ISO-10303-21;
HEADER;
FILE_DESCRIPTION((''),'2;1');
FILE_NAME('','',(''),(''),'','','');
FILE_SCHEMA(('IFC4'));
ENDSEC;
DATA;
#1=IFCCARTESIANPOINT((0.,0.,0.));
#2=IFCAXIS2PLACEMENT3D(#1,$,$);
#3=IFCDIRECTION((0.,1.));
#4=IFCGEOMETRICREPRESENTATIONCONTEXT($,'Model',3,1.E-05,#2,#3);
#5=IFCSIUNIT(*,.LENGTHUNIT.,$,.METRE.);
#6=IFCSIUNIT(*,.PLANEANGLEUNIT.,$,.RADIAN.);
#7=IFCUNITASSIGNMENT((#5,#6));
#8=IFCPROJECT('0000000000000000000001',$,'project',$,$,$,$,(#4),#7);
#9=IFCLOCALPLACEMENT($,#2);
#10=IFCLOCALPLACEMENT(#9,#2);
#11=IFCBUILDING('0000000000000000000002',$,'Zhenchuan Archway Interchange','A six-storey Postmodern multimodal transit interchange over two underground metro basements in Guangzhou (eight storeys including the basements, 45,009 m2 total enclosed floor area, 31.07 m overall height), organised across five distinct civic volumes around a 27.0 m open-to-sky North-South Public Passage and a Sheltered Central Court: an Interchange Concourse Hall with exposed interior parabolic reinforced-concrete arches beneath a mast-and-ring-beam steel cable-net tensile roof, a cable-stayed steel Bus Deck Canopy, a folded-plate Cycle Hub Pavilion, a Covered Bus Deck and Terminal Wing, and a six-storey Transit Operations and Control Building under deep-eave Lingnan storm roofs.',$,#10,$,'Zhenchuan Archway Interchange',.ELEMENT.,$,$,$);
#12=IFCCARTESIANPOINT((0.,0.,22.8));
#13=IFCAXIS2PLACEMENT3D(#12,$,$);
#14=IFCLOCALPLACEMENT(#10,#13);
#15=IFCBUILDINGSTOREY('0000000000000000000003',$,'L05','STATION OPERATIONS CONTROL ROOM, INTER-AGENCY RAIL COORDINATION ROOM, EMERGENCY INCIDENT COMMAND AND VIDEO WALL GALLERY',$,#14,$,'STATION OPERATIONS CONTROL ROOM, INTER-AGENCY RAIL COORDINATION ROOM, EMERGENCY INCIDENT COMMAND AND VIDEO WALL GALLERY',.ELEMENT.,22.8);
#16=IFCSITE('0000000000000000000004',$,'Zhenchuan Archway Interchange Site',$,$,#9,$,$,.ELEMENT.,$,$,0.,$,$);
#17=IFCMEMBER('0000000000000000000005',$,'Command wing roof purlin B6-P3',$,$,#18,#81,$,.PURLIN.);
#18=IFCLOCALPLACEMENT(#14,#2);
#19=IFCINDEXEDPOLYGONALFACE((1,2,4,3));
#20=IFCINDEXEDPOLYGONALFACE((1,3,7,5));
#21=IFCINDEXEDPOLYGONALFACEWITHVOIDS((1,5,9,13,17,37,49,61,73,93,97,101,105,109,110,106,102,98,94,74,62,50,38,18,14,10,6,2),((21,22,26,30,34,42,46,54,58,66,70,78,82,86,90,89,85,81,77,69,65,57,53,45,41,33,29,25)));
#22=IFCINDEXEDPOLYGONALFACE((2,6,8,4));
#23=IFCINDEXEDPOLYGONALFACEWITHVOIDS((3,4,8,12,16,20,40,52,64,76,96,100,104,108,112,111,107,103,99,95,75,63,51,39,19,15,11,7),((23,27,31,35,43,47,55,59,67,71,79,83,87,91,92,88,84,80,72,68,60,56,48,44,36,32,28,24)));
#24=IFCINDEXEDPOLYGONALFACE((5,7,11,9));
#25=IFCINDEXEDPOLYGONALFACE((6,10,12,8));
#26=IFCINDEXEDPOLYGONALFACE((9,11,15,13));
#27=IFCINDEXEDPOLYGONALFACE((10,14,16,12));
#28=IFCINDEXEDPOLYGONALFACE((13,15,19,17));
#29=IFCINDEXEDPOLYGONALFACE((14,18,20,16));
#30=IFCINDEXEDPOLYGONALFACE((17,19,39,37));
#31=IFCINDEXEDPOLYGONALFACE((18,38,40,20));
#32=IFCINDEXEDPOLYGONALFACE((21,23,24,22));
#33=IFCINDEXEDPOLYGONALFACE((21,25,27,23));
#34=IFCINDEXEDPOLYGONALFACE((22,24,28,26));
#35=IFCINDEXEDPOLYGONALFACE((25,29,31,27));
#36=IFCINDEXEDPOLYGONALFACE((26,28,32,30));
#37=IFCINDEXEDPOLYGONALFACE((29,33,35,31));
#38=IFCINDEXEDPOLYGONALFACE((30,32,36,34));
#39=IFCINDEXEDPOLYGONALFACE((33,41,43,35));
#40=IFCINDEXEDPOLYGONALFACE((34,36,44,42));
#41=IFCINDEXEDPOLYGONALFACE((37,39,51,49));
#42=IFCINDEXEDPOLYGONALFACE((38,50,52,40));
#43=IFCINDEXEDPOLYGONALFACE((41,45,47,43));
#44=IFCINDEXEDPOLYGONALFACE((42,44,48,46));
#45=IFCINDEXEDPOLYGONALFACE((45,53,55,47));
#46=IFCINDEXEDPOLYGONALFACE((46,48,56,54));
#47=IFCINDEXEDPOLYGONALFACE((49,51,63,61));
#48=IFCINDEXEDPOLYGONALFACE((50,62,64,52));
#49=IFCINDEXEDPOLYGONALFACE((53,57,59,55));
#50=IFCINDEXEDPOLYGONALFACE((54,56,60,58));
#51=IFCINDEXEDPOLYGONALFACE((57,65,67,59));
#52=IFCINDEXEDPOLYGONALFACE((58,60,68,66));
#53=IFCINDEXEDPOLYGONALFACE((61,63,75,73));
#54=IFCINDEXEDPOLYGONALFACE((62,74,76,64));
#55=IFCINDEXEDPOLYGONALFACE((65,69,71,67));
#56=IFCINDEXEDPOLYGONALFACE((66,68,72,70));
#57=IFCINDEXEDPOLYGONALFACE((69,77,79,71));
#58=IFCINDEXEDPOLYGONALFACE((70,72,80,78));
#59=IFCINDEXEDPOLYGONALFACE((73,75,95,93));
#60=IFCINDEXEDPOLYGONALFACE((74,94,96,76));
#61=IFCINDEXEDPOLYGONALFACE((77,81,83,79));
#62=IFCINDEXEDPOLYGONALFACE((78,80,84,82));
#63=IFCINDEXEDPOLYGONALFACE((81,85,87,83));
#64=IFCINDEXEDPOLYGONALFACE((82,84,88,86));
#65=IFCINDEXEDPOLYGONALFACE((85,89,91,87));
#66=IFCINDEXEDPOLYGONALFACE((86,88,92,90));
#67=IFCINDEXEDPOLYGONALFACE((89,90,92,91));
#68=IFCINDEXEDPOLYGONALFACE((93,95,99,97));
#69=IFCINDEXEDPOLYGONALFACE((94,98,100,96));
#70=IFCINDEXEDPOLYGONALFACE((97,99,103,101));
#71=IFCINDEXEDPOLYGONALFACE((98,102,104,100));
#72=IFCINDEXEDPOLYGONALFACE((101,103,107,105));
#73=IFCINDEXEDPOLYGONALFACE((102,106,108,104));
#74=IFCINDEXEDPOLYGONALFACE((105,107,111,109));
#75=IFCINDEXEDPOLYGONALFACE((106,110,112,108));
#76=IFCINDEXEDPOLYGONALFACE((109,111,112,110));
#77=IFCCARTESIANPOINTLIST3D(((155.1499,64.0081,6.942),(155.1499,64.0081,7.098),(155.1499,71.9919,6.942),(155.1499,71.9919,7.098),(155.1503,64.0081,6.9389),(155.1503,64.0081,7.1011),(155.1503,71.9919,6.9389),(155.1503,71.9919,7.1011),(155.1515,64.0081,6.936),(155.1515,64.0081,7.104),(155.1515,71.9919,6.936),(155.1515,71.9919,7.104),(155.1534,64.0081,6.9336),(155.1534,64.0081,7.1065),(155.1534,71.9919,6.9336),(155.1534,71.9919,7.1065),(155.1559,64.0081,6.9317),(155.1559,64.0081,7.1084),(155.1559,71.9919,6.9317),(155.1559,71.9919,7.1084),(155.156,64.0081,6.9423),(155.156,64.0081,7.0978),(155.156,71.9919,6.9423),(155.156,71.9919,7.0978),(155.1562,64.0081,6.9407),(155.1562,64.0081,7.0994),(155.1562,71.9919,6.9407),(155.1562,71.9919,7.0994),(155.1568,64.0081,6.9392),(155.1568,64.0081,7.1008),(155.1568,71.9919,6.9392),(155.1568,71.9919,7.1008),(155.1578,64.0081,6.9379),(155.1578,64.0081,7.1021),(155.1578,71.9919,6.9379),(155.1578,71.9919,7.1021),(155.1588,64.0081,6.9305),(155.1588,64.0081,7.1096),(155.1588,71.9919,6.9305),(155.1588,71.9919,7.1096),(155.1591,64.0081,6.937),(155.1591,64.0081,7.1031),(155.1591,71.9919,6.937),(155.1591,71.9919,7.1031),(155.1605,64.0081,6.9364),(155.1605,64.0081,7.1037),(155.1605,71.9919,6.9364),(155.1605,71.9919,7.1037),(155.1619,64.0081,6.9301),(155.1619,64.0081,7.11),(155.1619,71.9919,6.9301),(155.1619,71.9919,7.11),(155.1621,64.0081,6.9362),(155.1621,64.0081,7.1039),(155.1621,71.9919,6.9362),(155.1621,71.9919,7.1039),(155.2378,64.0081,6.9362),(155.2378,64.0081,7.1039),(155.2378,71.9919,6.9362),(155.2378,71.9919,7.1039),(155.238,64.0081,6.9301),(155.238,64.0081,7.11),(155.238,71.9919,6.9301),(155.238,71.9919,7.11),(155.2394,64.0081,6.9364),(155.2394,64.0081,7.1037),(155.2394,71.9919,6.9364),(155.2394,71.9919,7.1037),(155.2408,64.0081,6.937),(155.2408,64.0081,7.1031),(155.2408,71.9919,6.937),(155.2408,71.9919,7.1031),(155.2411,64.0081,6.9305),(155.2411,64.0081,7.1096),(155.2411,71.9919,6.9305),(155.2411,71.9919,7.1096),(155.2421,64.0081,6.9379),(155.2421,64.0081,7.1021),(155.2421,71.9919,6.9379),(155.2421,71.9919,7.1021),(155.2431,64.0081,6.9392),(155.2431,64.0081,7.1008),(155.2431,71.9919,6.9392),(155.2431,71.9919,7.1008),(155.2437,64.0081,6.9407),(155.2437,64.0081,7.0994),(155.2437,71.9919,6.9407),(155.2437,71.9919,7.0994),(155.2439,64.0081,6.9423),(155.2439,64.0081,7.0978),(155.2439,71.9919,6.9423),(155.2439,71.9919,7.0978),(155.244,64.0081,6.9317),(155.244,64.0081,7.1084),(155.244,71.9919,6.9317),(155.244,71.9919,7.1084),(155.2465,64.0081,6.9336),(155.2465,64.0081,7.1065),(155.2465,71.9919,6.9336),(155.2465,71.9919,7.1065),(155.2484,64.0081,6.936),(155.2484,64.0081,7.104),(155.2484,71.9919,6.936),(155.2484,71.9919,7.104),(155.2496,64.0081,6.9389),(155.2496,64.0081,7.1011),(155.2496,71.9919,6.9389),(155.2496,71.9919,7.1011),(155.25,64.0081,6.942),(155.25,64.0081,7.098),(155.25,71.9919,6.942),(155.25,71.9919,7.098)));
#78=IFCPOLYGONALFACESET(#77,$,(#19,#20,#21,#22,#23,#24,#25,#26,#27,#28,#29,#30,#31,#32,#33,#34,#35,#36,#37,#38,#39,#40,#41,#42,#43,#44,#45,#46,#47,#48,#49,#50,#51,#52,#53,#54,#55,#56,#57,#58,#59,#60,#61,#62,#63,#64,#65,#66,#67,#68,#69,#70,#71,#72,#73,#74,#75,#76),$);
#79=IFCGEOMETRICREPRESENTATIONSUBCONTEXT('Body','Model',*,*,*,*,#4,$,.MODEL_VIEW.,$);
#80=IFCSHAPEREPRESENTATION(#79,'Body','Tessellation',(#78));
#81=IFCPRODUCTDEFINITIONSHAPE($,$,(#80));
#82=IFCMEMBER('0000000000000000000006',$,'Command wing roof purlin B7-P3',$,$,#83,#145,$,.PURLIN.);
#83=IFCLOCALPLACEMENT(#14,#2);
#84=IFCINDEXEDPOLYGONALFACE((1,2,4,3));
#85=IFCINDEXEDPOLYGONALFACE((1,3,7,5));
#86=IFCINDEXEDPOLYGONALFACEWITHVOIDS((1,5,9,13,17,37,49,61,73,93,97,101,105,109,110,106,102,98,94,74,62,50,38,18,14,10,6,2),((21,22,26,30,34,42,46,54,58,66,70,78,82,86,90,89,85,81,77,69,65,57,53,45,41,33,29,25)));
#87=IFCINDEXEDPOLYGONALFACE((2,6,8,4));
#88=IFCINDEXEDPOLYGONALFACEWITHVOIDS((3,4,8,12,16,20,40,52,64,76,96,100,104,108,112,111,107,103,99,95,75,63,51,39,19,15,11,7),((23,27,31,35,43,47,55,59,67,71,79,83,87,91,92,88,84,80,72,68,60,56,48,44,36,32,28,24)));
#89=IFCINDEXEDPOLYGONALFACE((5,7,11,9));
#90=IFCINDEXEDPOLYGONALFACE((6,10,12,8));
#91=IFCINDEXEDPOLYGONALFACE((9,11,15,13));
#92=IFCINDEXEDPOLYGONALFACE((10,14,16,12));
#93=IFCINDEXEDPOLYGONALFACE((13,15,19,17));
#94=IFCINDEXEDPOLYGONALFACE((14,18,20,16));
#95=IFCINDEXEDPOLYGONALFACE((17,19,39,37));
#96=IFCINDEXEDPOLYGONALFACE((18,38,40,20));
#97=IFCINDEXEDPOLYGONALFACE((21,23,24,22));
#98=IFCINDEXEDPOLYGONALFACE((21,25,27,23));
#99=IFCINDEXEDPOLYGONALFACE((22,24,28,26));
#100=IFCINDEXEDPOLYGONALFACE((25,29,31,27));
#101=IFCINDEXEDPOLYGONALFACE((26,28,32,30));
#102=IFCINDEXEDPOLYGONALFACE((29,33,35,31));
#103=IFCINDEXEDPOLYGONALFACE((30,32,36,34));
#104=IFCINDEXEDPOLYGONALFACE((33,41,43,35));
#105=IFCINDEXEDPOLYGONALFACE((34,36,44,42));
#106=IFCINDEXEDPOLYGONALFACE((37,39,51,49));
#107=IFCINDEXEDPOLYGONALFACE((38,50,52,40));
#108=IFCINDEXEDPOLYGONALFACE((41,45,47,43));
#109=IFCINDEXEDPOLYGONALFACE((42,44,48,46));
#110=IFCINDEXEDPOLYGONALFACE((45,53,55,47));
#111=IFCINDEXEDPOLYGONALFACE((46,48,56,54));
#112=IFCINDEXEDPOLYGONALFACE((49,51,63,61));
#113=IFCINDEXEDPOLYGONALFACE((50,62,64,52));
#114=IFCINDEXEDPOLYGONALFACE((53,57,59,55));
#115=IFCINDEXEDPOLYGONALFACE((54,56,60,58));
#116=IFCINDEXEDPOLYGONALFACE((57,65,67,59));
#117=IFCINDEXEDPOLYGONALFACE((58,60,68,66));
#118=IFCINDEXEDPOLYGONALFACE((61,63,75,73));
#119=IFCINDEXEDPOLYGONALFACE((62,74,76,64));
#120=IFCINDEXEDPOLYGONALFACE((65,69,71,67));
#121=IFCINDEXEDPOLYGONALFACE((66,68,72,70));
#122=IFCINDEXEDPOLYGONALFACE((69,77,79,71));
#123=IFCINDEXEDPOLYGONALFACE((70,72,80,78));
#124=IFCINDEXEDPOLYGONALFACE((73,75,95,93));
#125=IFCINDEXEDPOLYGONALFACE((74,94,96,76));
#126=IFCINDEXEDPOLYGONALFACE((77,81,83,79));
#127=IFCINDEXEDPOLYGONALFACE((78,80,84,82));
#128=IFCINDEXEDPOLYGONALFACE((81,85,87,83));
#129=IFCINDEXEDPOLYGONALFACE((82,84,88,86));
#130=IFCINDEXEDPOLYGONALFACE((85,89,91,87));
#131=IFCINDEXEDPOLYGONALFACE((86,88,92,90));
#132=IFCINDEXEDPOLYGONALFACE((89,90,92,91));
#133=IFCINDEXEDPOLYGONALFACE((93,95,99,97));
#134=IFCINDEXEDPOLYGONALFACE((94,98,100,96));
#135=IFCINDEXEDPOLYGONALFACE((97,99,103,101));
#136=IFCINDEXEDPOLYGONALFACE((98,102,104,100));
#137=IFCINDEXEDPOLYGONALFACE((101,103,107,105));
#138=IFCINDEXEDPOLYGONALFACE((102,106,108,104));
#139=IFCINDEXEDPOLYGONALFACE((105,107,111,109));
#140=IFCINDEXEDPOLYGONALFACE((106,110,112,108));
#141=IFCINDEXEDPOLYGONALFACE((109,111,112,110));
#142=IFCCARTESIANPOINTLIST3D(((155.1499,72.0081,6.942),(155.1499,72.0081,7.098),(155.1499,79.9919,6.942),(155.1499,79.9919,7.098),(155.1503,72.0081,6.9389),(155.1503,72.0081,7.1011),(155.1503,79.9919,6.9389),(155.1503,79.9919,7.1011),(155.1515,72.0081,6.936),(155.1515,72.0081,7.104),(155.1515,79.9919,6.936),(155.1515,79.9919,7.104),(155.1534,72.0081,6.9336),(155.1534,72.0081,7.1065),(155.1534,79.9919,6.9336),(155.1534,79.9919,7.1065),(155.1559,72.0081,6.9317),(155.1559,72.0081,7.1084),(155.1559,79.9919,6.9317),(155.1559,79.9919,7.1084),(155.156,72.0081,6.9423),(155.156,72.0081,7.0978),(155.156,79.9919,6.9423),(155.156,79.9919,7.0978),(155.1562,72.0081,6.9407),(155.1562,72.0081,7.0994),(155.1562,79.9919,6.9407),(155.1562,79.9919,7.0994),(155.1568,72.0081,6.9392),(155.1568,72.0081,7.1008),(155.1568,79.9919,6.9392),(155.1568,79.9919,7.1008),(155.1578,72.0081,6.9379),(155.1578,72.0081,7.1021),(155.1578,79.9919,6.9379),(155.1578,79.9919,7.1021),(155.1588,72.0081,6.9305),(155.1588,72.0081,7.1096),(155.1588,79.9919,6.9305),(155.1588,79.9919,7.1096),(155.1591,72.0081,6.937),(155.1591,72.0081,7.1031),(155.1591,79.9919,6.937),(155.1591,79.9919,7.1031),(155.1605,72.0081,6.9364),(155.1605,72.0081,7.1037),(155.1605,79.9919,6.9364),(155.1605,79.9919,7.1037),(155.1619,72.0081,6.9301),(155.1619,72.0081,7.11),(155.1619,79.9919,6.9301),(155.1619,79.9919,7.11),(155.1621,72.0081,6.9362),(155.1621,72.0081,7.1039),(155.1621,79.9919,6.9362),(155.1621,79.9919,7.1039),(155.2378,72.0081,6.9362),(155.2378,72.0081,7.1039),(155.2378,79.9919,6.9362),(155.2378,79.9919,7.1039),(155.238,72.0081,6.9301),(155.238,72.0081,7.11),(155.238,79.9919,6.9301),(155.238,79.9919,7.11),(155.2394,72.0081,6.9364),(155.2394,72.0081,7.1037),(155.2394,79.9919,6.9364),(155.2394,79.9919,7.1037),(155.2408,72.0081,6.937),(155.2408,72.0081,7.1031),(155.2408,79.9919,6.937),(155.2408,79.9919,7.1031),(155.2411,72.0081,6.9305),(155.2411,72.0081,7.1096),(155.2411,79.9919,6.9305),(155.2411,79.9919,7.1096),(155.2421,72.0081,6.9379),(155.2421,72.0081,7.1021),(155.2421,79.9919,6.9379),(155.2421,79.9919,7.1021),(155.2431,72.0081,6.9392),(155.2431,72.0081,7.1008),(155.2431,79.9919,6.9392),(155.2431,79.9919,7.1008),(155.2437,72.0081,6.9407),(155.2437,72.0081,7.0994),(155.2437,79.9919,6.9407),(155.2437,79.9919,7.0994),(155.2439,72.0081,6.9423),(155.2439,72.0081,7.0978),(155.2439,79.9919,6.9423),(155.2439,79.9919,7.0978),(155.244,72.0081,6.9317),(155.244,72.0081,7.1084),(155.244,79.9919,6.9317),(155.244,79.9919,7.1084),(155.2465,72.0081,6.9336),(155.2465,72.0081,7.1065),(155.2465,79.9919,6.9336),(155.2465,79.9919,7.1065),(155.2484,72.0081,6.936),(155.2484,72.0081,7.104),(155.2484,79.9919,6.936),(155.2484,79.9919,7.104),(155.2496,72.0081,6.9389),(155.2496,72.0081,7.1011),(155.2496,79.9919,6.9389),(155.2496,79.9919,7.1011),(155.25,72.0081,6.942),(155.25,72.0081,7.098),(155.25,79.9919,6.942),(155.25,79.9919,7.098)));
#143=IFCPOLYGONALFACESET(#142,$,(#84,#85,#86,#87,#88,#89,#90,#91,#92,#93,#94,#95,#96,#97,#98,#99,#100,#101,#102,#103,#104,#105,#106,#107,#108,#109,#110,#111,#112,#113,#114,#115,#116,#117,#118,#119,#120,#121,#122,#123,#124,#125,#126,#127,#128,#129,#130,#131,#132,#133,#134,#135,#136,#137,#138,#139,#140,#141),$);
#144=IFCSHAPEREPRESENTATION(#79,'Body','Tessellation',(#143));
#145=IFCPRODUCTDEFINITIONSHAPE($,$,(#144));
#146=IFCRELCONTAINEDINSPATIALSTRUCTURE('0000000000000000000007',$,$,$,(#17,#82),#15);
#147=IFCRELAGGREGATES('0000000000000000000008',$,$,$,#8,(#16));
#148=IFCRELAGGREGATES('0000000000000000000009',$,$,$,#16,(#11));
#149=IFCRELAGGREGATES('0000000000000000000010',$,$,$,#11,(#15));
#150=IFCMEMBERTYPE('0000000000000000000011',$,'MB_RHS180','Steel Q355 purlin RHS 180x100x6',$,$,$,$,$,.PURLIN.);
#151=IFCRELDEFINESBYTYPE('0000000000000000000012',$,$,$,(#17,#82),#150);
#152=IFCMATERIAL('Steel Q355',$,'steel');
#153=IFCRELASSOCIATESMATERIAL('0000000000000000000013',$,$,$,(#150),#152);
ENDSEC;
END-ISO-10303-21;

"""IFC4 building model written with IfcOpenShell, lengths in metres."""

from ifc_helpers import new_model, si_unit, direction, frame, origin, origin_2d, place, context, subcontext, project, spatial, hollow_rectangle, extrude, material, material_profile, profile_set, type_object, element, save


model = new_model("IFC4")

# Units and contexts
model_context = context("Model", 3, precision=1e-05, world=origin(), true_north=direction((0.0, 1.0)))
body_context = subcontext(model_context, "Body", "Model", "MODEL_VIEW")
ifc_project = project(units=[si_unit("LENGTHUNIT", "METRE"), si_unit("PLANEANGLEUNIT", "RADIAN")], contexts=[model_context])

# Site, building, storey
site_placement = place(None, origin())
site = spatial("IfcSite", under=ifc_project, at=site_placement, Name="Zhenchuan Archway Interchange Site", CompositionType="ELEMENT", RefElevation=0.0)
building_placement = place(site_placement, origin())
building = spatial("IfcBuilding", under=site, at=building_placement, Name="Zhenchuan Archway Interchange", Description="A six-storey Postmodern multimodal transit interchange over two underground metro basements in Guangzhou (eight storeys including the basements, 45,009 m2 total enclosed floor area, 31.07 m overall height), organised across five distinct civic volumes around a 27.0 m open-to-sky North-South Public Passage and a Sheltered Central Court: an Interchange Concourse Hall with exposed interior parabolic reinforced-concrete arches beneath a mast-and-ring-beam steel cable-net tensile roof, a cable-stayed steel Bus Deck Canopy, a folded-plate Cycle Hub Pavilion, a Covered Bus Deck and Terminal Wing, and a six-storey Transit Operations and Control Building under deep-eave Lingnan storm roofs.", LongName="Zhenchuan Archway Interchange", CompositionType="ELEMENT")
storey_placement = place(building_placement, frame((0.0, 0.0, 22.8)))
storey = spatial("IfcBuildingStorey", under=building, at=storey_placement, Name="L05", Description="STATION OPERATIONS CONTROL ROOM, INTER-AGENCY RAIL COORDINATION ROOM, EMERGENCY INCIDENT COMMAND AND VIDEO WALL GALLERY", LongName="STATION OPERATIONS CONTROL ROOM, INTER-AGENCY RAIL COORDINATION ROOM, EMERGENCY INCIDENT COMMAND AND VIDEO WALL GALLERY", CompositionType="ELEMENT", Elevation=22.8)

# Shared definitions
ifc_material_1 = material(Name="Steel Q355", Category="steel")

# Members
ifc_material_profile_1 = material_profile(ifc_material_1, hollow_rectangle(XDim=0.1001, YDim=0.1799, WallThickness=0.0061, InnerFilletRadius=0.0061, OuterFilletRadius=0.012, at=origin_2d()), Name="RHS 180x100x6")
ifc_profile_set_1 = profile_set([ifc_material_profile_1], Name="Steel Q355")
member_type_1 = type_object("IfcMemberType", Name="MB_RHS180", Description="Steel Q355 purlin RHS 180x100x6", PredefinedType="PURLIN", material=ifc_profile_set_1)
for number, where, z_axis, x_axis, name in (
    (1, (155.2, 64.0081, 7.02), (0.0, 1.0, 0.0), (-1.0, 0.0, 0.0), "Command wing roof purlin B6-P3"),
    (2, (155.2, 72.0081, 7.02), (0.0, 1.0, 0.0), (-1.0, 0.0, 0.0), "Command wing roof purlin B7-P3"),
):
    element("IfcMember", number, at=place(storey_placement, frame(where, z_axis=z_axis, x_axis=x_axis)), inside=storey, type_object=member_type_1, Name=name, PredefinedType="PURLIN", context=body_context, shape_type="SweptSolid", body=[
        extrude(hollow_rectangle(XDim=0.1001, YDim=0.1799, WallThickness=0.0061, InnerFilletRadius=0.0061, OuterFilletRadius=0.012, at=origin_2d()), origin(), (0.0, 0.0, 1.0), 7.9839),
    ])

save(model, "model.ifc")
